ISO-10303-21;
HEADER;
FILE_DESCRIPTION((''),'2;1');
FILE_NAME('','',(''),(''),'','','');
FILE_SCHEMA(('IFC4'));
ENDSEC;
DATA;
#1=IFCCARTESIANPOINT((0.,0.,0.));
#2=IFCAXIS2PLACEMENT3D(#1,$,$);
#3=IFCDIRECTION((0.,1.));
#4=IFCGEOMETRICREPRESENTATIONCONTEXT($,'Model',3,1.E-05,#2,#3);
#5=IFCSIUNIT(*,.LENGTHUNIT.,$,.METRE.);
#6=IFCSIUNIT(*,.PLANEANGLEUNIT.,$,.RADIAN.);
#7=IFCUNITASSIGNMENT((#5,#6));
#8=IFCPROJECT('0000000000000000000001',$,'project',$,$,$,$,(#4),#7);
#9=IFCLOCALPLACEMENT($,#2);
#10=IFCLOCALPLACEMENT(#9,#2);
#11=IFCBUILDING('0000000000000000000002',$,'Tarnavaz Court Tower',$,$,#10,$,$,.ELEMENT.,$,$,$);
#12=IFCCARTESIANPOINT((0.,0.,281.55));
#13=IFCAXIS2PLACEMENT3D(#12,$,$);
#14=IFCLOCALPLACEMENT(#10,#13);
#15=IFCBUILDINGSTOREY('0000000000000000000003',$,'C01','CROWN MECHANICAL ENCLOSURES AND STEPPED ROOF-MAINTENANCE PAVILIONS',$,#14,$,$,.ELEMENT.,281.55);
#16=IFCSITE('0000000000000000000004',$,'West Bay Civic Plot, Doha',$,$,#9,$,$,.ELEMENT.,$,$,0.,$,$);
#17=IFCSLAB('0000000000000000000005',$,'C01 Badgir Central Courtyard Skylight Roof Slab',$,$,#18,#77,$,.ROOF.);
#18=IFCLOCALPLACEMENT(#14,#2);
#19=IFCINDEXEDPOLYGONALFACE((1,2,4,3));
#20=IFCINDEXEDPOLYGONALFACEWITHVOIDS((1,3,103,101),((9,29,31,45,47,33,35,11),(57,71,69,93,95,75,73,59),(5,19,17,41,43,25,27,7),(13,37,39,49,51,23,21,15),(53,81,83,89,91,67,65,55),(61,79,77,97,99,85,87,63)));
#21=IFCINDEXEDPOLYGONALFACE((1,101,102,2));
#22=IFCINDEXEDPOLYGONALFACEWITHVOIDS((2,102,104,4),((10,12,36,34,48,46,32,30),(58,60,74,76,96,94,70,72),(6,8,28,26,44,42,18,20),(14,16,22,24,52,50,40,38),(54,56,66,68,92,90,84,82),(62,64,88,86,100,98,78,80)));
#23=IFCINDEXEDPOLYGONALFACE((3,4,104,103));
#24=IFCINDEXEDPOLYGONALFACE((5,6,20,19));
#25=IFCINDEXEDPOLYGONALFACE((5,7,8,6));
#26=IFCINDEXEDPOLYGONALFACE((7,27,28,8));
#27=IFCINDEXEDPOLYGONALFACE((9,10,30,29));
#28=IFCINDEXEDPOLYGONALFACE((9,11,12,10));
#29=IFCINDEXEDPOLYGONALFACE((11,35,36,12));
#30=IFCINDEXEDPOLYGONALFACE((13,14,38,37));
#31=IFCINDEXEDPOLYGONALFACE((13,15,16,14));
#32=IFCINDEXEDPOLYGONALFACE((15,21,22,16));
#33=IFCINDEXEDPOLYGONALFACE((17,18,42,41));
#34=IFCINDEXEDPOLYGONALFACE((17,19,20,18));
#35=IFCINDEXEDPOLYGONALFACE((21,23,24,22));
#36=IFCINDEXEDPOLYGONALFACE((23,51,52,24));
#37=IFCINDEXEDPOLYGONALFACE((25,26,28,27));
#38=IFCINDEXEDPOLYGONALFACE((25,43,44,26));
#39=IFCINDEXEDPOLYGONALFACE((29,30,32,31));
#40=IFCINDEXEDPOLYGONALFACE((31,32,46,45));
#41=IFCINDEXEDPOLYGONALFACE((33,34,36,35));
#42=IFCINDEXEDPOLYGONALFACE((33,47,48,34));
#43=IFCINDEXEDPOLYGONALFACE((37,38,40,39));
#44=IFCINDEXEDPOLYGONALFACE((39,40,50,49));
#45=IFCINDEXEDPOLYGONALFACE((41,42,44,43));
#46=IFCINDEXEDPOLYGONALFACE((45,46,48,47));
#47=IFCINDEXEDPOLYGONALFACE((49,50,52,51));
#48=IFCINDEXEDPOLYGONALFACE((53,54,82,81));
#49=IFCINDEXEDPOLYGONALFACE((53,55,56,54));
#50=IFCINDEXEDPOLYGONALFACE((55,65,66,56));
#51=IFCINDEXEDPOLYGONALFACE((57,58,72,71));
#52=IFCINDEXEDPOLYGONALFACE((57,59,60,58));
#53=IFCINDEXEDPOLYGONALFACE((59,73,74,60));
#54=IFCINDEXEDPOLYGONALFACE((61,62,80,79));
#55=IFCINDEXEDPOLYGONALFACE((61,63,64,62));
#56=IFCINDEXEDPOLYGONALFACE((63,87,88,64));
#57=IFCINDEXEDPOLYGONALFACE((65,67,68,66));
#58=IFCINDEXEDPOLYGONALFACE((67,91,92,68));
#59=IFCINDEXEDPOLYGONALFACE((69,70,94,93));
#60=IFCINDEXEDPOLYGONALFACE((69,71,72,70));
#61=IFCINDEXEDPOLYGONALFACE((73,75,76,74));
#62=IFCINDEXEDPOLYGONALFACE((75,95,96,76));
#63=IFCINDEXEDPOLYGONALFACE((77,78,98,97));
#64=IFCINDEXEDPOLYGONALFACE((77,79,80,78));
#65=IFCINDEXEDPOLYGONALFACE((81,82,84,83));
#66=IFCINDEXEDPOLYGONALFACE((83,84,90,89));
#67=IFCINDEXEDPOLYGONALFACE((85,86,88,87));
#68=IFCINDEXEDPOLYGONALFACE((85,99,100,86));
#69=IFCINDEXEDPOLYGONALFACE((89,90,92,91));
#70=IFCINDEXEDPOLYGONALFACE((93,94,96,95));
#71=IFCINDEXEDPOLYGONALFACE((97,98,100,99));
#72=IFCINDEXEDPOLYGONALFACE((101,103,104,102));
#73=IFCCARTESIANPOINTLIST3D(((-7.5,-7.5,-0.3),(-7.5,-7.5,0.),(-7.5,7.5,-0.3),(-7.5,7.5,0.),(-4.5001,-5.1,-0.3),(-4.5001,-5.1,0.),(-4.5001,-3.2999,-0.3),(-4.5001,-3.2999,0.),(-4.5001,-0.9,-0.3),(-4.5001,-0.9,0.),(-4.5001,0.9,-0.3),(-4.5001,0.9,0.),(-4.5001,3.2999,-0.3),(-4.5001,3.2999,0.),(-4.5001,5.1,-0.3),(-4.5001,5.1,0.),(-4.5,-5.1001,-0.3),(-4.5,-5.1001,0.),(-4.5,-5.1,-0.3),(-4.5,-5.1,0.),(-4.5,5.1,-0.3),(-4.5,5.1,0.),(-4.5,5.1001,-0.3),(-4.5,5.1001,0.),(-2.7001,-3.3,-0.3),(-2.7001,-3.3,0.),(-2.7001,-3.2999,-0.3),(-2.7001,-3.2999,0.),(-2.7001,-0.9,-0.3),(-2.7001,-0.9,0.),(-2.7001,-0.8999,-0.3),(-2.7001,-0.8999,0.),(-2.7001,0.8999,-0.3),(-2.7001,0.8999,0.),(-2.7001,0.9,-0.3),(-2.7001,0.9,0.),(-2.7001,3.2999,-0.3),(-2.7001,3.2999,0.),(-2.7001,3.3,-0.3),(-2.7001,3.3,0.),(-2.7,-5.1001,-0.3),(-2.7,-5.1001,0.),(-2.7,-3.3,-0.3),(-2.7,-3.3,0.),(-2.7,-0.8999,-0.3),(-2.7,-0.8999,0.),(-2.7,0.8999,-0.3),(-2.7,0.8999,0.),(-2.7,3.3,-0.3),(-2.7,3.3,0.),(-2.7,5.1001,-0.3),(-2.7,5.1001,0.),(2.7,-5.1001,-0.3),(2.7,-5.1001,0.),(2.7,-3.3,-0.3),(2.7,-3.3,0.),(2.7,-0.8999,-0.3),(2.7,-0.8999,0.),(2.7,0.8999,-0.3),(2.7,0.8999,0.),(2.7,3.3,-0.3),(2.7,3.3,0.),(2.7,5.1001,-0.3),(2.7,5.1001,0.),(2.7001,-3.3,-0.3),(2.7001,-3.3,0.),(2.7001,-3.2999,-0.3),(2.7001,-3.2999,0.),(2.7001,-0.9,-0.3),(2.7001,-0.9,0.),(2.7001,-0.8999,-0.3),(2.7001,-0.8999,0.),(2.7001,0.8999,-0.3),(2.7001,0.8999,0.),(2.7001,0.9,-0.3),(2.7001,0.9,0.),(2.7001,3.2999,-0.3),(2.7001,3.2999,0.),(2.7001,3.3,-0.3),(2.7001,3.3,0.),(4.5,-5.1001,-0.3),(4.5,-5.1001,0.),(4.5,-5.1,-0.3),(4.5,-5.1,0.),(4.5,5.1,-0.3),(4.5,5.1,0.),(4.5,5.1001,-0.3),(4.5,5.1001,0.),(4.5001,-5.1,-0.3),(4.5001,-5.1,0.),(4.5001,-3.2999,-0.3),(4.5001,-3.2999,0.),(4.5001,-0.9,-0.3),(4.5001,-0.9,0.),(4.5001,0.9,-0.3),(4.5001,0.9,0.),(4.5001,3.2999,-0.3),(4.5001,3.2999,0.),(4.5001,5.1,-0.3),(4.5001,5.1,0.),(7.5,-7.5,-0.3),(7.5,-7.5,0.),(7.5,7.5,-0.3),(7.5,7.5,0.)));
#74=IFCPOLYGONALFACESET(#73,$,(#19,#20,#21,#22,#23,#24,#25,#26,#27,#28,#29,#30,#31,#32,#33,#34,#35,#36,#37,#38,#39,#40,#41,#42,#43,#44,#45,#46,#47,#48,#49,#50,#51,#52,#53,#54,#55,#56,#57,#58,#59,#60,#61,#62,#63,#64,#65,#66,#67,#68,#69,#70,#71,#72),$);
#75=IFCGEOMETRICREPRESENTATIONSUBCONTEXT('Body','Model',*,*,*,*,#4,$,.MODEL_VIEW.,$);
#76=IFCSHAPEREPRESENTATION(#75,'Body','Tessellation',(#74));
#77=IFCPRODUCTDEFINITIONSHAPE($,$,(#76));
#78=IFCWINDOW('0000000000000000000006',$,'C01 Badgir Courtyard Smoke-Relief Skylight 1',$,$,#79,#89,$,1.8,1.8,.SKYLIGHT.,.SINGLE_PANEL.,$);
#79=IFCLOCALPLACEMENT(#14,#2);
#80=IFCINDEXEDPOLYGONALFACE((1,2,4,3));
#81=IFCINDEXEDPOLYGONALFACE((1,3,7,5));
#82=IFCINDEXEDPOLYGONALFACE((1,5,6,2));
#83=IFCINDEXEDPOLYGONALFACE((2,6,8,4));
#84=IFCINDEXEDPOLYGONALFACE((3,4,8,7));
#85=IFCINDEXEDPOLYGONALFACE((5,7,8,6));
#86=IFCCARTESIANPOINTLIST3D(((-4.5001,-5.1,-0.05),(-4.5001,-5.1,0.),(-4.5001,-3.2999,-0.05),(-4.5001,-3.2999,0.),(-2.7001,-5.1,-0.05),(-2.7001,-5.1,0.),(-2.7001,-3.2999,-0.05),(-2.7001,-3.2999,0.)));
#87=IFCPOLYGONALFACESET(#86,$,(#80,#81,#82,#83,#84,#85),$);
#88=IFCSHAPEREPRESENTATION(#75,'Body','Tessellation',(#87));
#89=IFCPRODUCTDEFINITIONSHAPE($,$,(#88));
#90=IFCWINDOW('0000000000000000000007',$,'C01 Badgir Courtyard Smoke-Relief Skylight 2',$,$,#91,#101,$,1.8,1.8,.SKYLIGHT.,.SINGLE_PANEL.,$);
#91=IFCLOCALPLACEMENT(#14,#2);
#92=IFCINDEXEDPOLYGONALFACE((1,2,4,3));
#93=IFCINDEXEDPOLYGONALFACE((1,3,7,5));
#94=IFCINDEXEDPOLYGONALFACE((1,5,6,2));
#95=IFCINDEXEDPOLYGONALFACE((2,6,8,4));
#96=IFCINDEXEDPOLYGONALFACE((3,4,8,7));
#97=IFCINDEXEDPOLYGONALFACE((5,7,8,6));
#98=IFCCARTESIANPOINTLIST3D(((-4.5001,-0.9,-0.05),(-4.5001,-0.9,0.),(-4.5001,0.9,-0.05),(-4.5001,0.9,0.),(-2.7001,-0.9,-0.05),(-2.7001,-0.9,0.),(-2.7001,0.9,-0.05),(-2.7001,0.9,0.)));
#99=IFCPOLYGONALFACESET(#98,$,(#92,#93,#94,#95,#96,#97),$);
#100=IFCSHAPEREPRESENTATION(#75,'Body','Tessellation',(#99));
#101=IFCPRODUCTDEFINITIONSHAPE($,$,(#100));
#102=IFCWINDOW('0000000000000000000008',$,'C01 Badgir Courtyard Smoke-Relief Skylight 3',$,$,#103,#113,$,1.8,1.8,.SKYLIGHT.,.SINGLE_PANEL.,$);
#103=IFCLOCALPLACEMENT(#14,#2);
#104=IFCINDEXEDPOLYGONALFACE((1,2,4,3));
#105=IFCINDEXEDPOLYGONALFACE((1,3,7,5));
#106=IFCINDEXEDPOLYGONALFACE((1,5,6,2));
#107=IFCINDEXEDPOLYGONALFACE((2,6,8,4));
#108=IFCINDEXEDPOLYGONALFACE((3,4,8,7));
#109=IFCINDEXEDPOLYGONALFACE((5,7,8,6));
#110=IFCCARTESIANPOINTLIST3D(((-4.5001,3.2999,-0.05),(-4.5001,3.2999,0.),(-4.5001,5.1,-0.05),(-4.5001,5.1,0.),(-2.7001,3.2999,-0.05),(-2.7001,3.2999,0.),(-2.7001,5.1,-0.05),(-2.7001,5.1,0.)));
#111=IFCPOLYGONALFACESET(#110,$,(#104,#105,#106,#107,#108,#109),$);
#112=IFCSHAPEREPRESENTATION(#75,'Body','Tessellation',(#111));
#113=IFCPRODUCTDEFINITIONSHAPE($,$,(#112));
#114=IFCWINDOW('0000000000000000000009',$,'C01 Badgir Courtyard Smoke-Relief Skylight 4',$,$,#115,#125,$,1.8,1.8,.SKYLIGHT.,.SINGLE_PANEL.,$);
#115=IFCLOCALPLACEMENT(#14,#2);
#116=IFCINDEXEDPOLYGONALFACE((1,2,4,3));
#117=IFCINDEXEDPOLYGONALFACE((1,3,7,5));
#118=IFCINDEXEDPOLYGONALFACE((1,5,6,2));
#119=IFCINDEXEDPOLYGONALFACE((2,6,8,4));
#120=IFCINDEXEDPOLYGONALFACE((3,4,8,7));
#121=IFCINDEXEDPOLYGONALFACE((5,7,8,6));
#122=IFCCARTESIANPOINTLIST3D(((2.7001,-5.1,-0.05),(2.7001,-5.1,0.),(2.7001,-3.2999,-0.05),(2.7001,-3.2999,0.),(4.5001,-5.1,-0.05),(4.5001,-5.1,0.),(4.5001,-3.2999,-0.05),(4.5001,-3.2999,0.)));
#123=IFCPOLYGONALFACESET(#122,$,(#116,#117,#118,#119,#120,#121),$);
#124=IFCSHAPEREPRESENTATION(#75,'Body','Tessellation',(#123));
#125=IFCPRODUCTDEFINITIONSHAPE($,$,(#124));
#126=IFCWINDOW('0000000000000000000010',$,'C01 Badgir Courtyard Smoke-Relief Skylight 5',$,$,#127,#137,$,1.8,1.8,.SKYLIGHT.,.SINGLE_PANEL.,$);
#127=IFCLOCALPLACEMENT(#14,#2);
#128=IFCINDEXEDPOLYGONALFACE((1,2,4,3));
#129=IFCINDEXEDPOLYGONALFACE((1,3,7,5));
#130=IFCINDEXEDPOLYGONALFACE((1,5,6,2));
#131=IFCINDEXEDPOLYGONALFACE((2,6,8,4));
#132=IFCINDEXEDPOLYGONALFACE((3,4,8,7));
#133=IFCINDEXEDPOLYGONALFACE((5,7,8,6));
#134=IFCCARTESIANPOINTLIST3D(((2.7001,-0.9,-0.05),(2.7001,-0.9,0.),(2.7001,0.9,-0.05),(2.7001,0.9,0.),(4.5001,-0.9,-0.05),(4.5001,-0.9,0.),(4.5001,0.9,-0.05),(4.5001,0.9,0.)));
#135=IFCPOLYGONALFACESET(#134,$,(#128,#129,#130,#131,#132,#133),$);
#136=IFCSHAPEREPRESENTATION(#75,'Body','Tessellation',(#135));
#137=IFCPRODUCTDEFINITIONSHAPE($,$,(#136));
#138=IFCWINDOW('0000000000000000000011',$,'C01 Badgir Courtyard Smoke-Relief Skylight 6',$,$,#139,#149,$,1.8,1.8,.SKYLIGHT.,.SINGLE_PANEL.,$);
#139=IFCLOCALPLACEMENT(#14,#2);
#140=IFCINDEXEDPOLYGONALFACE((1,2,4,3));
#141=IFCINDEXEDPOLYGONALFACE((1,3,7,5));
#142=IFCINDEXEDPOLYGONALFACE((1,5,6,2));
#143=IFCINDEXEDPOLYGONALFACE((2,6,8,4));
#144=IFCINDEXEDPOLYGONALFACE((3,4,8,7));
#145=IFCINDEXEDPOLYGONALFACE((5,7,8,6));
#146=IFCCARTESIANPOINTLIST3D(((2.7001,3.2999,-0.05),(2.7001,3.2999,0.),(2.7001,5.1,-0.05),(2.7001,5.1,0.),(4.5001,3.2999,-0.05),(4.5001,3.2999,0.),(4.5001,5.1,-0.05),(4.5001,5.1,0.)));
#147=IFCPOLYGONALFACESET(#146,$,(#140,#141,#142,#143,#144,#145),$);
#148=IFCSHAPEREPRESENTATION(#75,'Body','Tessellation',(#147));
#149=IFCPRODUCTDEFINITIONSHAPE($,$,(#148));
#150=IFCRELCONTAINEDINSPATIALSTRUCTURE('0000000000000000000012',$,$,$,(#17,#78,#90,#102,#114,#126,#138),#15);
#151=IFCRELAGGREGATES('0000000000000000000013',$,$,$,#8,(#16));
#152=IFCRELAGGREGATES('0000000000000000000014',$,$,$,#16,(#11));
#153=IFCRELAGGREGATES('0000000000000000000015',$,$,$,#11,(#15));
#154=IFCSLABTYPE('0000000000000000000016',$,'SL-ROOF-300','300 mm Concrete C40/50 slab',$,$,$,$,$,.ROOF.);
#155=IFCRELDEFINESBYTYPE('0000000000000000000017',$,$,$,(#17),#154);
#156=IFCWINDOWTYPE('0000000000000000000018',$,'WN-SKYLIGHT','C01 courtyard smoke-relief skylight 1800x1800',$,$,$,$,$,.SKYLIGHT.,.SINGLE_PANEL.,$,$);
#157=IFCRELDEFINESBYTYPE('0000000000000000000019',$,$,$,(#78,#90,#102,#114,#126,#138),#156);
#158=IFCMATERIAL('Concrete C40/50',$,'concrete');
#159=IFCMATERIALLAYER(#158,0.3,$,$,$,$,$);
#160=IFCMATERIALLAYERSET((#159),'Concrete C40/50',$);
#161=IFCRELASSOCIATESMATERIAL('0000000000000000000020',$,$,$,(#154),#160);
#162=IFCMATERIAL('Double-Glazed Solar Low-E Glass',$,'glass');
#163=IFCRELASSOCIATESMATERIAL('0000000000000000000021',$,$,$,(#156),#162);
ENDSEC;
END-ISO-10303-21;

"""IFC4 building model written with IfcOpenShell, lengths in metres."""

from ifc_helpers import new_model, si_unit, direction, frame, origin, origin_2d, place, context, subcontext, project, spatial, polyline, rectangle, outline, extrude, material, layer, layer_set, type_object, element, fill, save


model = new_model("IFC4")

# Units and contexts
model_context = context("Model", 3, precision=1e-05, world=origin(), true_north=direction((0.0, 1.0)))
body_context = subcontext(model_context, "Body", "Model", "MODEL_VIEW")
ifc_project = project(units=[si_unit("LENGTHUNIT", "METRE"), si_unit("PLANEANGLEUNIT", "RADIAN")], contexts=[model_context])

# Site, building, storey
site_placement = place(None, origin())
site = spatial("IfcSite", under=ifc_project, at=site_placement, Name="West Bay Civic Plot, Doha", CompositionType="ELEMENT", RefElevation=0.0)
building_placement = place(site_placement, origin())
building = spatial("IfcBuilding", under=site, at=building_placement, Name="Tarnavaz Court Tower", CompositionType="ELEMENT")
storey_placement = place(building_placement, frame((0.0, 0.0, 281.55)))
storey = spatial("IfcBuildingStorey", under=building, at=storey_placement, Name="C01", Description="CROWN MECHANICAL ENCLOSURES AND STEPPED ROOF-MAINTENANCE PAVILIONS", CompositionType="ELEMENT", Elevation=281.55)

# Shared definitions
ifc_material_1 = material(Name="Double-Glazed Solar Low-E Glass", Category="glass")

# Shared definitions
ifc_material_2 = material(Name="Concrete C40/50", Category="concrete")

# Slab, openings, windows
ifc_layer_1 = layer(ifc_material_2, 0.3)
ifc_layer_set_1 = layer_set([ifc_layer_1], Name="Concrete C40/50")
slab_type_1 = type_object("IfcSlabType", Name="SL-ROOF-300", Description="300 mm Concrete C40/50 slab", PredefinedType="ROOF", material=ifc_layer_set_1)
slab_1_placement = place(storey_placement, frame((0.0, 0.0, -0.3)))
slab_1 = element("IfcSlab", 1, at=slab_1_placement, inside=storey, type_object=slab_type_1, Name="C01 Badgir Central Courtyard Skylight Roof Slab", PredefinedType="ROOF", context=body_context, shape_type="SweptSolid", body=[
    extrude(outline(polyline([(-7.5, -7.5), (7.5, -7.5), (7.5, 7.5), (-7.5, 7.5), (-7.5, -7.5)]), holes=[polyline([(-4.5, -5.1001), (-2.7, -5.1001), (-2.7, -3.3), (-4.5, -3.3), (-4.5, -5.1001)]), polyline([(-4.5, -0.8999), (-2.7, -0.8999), (-2.7, 0.8999), (-4.5, 0.8999), (-4.5, -0.8999)]), polyline([(-4.5, 3.3), (-2.7, 3.3), (-2.7, 5.1001), (-4.5, 5.1001), (-4.5, 3.3)]), polyline([(2.7, -5.1001), (4.5, -5.1001), (4.5, -3.3), (2.7, -3.3), (2.7, -5.1001)]), polyline([(2.7, -0.8999), (4.5, -0.8999), (4.5, 0.8999), (2.7, 0.8999), (2.7, -0.8999)]), polyline([(2.7, 3.3), (4.5, 3.3), (4.5, 5.1001), (2.7, 5.1001), (2.7, 3.3)])]), origin(), (0.0, 0.0, 1.0), 0.3),
])
opening_1_placement = place(slab_1_placement, frame((-3.6001, -4.2, -0.01)))
opening_1 = element("IfcOpeningElement", 2, at=opening_1_placement, cuts=slab_1, PredefinedType="OPENING", context=body_context, shape_type="SweptSolid", body=[
    extrude(rectangle(XDim=1.8, YDim=1.8, at=origin_2d()), origin(), (0.0, 0.0, 1.0), 0.3201),
])
opening_2_placement = place(slab_1_placement, frame((-3.6001, 0.0, -0.01)))
opening_2 = element("IfcOpeningElement", 3, at=opening_2_placement, cuts=slab_1, PredefinedType="OPENING", context=body_context, shape_type="SweptSolid", body=[
    extrude(rectangle(XDim=1.8, YDim=1.8, at=origin_2d()), origin(), (0.0, 0.0, 1.0), 0.3201),
])
opening_3_placement = place(slab_1_placement, frame((-3.6001, 4.2, -0.01)))
opening_3 = element("IfcOpeningElement", 4, at=opening_3_placement, cuts=slab_1, PredefinedType="OPENING", context=body_context, shape_type="SweptSolid", body=[
    extrude(rectangle(XDim=1.8, YDim=1.8, at=origin_2d()), origin(), (0.0, 0.0, 1.0), 0.3201),
])
opening_4_placement = place(slab_1_placement, frame((3.6001, -4.2, -0.01)))
opening_4 = element("IfcOpeningElement", 5, at=opening_4_placement, cuts=slab_1, PredefinedType="OPENING", context=body_context, shape_type="SweptSolid", body=[
    extrude(rectangle(XDim=1.8, YDim=1.8, at=origin_2d()), origin(), (0.0, 0.0, 1.0), 0.3201),
])
opening_5_placement = place(slab_1_placement, frame((3.6001, 0.0, -0.01)))
opening_5 = element("IfcOpeningElement", 6, at=opening_5_placement, cuts=slab_1, PredefinedType="OPENING", context=body_context, shape_type="SweptSolid", body=[
    extrude(rectangle(XDim=1.8, YDim=1.8, at=origin_2d()), origin(), (0.0, 0.0, 1.0), 0.3201),
])
opening_6_placement = place(slab_1_placement, frame((3.6001, 4.2, -0.01)))
opening_6 = element("IfcOpeningElement", 7, at=opening_6_placement, cuts=slab_1, PredefinedType="OPENING", context=body_context, shape_type="SweptSolid", body=[
    extrude(rectangle(XDim=1.8, YDim=1.8, at=origin_2d()), origin(), (0.0, 0.0, 1.0), 0.3201),
])
window_type = type_object("IfcWindowType", Name="WN-SKYLIGHT", Description="C01 courtyard smoke-relief skylight 1800x1800", PartitioningType="SINGLE_PANEL", PredefinedType="SKYLIGHT", material=ifc_material_1)
window_1_placement = place(slab_1_placement, frame((-3.6001, -4.2, 0.25)))
window_1 = element("IfcWindow", 8, at=window_1_placement, inside=storey, type_object=window_type, Name="C01 Badgir Courtyard Smoke-Relief Skylight 1", OverallHeight=1.8, OverallWidth=1.8, PartitioningType="SINGLE_PANEL", PredefinedType="SKYLIGHT", context=body_context, shape_type="SweptSolid", body=[
    extrude(rectangle(XDim=1.8, YDim=1.8, at=origin_2d()), origin(), (0.0, 0.0, 1.0), 0.05),
])
fill(opening_1, window_1)
window_2_placement = place(slab_1_placement, frame((-3.6001, 0.0, 0.25)))
window_2 = element("IfcWindow", 9, at=window_2_placement, inside=storey, type_object=window_type, Name="C01 Badgir Courtyard Smoke-Relief Skylight 2", OverallHeight=1.8, OverallWidth=1.8, PartitioningType="SINGLE_PANEL", PredefinedType="SKYLIGHT", context=body_context, shape_type="SweptSolid", body=[
    extrude(rectangle(XDim=1.8, YDim=1.8, at=origin_2d()), origin(), (0.0, 0.0, 1.0), 0.05),
])
fill(opening_2, window_2)
window_3_placement = place(slab_1_placement, frame((-3.6001, 4.2, 0.25)))
window_3 = element("IfcWindow", 10, at=window_3_placement, inside=storey, type_object=window_type, Name="C01 Badgir Courtyard Smoke-Relief Skylight 3", OverallHeight=1.8, OverallWidth=1.8, PartitioningType="SINGLE_PANEL", PredefinedType="SKYLIGHT", context=body_context, shape_type="SweptSolid", body=[
    extrude(rectangle(XDim=1.8, YDim=1.8, at=origin_2d()), origin(), (0.0, 0.0, 1.0), 0.05),
])
fill(opening_3, window_3)
window_4_placement = place(slab_1_placement, frame((3.6001, -4.2, 0.25)))
window_4 = element("IfcWindow", 11, at=window_4_placement, inside=storey, type_object=window_type, Name="C01 Badgir Courtyard Smoke-Relief Skylight 4", OverallHeight=1.8, OverallWidth=1.8, PartitioningType="SINGLE_PANEL", PredefinedType="SKYLIGHT", context=body_context, shape_type="SweptSolid", body=[
    extrude(rectangle(XDim=1.8, YDim=1.8, at=origin_2d()), origin(), (0.0, 0.0, 1.0), 0.05),
])
fill(opening_4, window_4)
window_5_placement = place(slab_1_placement, frame((3.6001, 0.0, 0.25)))
window_5 = element("IfcWindow", 12, at=window_5_placement, inside=storey, type_object=window_type, Name="C01 Badgir Courtyard Smoke-Relief Skylight 5", OverallHeight=1.8, OverallWidth=1.8, PartitioningType="SINGLE_PANEL", PredefinedType="SKYLIGHT", context=body_context, shape_type="SweptSolid", body=[
    extrude(rectangle(XDim=1.8, YDim=1.8, at=origin_2d()), origin(), (0.0, 0.0, 1.0), 0.05),
])
fill(opening_5, window_5)
window_6_placement = place(slab_1_placement, frame((3.6001, 4.2, 0.25)))
window_6 = element("IfcWindow", 13, at=window_6_placement, inside=storey, type_object=window_type, Name="C01 Badgir Courtyard Smoke-Relief Skylight 6", OverallHeight=1.8, OverallWidth=1.8, PartitioningType="SINGLE_PANEL", PredefinedType="SKYLIGHT", context=body_context, shape_type="SweptSolid", body=[
    extrude(rectangle(XDim=1.8, YDim=1.8, at=origin_2d()), origin(), (0.0, 0.0, 1.0), 0.05),
])
fill(opening_6, window_6)

save(model, "model.ifc")
